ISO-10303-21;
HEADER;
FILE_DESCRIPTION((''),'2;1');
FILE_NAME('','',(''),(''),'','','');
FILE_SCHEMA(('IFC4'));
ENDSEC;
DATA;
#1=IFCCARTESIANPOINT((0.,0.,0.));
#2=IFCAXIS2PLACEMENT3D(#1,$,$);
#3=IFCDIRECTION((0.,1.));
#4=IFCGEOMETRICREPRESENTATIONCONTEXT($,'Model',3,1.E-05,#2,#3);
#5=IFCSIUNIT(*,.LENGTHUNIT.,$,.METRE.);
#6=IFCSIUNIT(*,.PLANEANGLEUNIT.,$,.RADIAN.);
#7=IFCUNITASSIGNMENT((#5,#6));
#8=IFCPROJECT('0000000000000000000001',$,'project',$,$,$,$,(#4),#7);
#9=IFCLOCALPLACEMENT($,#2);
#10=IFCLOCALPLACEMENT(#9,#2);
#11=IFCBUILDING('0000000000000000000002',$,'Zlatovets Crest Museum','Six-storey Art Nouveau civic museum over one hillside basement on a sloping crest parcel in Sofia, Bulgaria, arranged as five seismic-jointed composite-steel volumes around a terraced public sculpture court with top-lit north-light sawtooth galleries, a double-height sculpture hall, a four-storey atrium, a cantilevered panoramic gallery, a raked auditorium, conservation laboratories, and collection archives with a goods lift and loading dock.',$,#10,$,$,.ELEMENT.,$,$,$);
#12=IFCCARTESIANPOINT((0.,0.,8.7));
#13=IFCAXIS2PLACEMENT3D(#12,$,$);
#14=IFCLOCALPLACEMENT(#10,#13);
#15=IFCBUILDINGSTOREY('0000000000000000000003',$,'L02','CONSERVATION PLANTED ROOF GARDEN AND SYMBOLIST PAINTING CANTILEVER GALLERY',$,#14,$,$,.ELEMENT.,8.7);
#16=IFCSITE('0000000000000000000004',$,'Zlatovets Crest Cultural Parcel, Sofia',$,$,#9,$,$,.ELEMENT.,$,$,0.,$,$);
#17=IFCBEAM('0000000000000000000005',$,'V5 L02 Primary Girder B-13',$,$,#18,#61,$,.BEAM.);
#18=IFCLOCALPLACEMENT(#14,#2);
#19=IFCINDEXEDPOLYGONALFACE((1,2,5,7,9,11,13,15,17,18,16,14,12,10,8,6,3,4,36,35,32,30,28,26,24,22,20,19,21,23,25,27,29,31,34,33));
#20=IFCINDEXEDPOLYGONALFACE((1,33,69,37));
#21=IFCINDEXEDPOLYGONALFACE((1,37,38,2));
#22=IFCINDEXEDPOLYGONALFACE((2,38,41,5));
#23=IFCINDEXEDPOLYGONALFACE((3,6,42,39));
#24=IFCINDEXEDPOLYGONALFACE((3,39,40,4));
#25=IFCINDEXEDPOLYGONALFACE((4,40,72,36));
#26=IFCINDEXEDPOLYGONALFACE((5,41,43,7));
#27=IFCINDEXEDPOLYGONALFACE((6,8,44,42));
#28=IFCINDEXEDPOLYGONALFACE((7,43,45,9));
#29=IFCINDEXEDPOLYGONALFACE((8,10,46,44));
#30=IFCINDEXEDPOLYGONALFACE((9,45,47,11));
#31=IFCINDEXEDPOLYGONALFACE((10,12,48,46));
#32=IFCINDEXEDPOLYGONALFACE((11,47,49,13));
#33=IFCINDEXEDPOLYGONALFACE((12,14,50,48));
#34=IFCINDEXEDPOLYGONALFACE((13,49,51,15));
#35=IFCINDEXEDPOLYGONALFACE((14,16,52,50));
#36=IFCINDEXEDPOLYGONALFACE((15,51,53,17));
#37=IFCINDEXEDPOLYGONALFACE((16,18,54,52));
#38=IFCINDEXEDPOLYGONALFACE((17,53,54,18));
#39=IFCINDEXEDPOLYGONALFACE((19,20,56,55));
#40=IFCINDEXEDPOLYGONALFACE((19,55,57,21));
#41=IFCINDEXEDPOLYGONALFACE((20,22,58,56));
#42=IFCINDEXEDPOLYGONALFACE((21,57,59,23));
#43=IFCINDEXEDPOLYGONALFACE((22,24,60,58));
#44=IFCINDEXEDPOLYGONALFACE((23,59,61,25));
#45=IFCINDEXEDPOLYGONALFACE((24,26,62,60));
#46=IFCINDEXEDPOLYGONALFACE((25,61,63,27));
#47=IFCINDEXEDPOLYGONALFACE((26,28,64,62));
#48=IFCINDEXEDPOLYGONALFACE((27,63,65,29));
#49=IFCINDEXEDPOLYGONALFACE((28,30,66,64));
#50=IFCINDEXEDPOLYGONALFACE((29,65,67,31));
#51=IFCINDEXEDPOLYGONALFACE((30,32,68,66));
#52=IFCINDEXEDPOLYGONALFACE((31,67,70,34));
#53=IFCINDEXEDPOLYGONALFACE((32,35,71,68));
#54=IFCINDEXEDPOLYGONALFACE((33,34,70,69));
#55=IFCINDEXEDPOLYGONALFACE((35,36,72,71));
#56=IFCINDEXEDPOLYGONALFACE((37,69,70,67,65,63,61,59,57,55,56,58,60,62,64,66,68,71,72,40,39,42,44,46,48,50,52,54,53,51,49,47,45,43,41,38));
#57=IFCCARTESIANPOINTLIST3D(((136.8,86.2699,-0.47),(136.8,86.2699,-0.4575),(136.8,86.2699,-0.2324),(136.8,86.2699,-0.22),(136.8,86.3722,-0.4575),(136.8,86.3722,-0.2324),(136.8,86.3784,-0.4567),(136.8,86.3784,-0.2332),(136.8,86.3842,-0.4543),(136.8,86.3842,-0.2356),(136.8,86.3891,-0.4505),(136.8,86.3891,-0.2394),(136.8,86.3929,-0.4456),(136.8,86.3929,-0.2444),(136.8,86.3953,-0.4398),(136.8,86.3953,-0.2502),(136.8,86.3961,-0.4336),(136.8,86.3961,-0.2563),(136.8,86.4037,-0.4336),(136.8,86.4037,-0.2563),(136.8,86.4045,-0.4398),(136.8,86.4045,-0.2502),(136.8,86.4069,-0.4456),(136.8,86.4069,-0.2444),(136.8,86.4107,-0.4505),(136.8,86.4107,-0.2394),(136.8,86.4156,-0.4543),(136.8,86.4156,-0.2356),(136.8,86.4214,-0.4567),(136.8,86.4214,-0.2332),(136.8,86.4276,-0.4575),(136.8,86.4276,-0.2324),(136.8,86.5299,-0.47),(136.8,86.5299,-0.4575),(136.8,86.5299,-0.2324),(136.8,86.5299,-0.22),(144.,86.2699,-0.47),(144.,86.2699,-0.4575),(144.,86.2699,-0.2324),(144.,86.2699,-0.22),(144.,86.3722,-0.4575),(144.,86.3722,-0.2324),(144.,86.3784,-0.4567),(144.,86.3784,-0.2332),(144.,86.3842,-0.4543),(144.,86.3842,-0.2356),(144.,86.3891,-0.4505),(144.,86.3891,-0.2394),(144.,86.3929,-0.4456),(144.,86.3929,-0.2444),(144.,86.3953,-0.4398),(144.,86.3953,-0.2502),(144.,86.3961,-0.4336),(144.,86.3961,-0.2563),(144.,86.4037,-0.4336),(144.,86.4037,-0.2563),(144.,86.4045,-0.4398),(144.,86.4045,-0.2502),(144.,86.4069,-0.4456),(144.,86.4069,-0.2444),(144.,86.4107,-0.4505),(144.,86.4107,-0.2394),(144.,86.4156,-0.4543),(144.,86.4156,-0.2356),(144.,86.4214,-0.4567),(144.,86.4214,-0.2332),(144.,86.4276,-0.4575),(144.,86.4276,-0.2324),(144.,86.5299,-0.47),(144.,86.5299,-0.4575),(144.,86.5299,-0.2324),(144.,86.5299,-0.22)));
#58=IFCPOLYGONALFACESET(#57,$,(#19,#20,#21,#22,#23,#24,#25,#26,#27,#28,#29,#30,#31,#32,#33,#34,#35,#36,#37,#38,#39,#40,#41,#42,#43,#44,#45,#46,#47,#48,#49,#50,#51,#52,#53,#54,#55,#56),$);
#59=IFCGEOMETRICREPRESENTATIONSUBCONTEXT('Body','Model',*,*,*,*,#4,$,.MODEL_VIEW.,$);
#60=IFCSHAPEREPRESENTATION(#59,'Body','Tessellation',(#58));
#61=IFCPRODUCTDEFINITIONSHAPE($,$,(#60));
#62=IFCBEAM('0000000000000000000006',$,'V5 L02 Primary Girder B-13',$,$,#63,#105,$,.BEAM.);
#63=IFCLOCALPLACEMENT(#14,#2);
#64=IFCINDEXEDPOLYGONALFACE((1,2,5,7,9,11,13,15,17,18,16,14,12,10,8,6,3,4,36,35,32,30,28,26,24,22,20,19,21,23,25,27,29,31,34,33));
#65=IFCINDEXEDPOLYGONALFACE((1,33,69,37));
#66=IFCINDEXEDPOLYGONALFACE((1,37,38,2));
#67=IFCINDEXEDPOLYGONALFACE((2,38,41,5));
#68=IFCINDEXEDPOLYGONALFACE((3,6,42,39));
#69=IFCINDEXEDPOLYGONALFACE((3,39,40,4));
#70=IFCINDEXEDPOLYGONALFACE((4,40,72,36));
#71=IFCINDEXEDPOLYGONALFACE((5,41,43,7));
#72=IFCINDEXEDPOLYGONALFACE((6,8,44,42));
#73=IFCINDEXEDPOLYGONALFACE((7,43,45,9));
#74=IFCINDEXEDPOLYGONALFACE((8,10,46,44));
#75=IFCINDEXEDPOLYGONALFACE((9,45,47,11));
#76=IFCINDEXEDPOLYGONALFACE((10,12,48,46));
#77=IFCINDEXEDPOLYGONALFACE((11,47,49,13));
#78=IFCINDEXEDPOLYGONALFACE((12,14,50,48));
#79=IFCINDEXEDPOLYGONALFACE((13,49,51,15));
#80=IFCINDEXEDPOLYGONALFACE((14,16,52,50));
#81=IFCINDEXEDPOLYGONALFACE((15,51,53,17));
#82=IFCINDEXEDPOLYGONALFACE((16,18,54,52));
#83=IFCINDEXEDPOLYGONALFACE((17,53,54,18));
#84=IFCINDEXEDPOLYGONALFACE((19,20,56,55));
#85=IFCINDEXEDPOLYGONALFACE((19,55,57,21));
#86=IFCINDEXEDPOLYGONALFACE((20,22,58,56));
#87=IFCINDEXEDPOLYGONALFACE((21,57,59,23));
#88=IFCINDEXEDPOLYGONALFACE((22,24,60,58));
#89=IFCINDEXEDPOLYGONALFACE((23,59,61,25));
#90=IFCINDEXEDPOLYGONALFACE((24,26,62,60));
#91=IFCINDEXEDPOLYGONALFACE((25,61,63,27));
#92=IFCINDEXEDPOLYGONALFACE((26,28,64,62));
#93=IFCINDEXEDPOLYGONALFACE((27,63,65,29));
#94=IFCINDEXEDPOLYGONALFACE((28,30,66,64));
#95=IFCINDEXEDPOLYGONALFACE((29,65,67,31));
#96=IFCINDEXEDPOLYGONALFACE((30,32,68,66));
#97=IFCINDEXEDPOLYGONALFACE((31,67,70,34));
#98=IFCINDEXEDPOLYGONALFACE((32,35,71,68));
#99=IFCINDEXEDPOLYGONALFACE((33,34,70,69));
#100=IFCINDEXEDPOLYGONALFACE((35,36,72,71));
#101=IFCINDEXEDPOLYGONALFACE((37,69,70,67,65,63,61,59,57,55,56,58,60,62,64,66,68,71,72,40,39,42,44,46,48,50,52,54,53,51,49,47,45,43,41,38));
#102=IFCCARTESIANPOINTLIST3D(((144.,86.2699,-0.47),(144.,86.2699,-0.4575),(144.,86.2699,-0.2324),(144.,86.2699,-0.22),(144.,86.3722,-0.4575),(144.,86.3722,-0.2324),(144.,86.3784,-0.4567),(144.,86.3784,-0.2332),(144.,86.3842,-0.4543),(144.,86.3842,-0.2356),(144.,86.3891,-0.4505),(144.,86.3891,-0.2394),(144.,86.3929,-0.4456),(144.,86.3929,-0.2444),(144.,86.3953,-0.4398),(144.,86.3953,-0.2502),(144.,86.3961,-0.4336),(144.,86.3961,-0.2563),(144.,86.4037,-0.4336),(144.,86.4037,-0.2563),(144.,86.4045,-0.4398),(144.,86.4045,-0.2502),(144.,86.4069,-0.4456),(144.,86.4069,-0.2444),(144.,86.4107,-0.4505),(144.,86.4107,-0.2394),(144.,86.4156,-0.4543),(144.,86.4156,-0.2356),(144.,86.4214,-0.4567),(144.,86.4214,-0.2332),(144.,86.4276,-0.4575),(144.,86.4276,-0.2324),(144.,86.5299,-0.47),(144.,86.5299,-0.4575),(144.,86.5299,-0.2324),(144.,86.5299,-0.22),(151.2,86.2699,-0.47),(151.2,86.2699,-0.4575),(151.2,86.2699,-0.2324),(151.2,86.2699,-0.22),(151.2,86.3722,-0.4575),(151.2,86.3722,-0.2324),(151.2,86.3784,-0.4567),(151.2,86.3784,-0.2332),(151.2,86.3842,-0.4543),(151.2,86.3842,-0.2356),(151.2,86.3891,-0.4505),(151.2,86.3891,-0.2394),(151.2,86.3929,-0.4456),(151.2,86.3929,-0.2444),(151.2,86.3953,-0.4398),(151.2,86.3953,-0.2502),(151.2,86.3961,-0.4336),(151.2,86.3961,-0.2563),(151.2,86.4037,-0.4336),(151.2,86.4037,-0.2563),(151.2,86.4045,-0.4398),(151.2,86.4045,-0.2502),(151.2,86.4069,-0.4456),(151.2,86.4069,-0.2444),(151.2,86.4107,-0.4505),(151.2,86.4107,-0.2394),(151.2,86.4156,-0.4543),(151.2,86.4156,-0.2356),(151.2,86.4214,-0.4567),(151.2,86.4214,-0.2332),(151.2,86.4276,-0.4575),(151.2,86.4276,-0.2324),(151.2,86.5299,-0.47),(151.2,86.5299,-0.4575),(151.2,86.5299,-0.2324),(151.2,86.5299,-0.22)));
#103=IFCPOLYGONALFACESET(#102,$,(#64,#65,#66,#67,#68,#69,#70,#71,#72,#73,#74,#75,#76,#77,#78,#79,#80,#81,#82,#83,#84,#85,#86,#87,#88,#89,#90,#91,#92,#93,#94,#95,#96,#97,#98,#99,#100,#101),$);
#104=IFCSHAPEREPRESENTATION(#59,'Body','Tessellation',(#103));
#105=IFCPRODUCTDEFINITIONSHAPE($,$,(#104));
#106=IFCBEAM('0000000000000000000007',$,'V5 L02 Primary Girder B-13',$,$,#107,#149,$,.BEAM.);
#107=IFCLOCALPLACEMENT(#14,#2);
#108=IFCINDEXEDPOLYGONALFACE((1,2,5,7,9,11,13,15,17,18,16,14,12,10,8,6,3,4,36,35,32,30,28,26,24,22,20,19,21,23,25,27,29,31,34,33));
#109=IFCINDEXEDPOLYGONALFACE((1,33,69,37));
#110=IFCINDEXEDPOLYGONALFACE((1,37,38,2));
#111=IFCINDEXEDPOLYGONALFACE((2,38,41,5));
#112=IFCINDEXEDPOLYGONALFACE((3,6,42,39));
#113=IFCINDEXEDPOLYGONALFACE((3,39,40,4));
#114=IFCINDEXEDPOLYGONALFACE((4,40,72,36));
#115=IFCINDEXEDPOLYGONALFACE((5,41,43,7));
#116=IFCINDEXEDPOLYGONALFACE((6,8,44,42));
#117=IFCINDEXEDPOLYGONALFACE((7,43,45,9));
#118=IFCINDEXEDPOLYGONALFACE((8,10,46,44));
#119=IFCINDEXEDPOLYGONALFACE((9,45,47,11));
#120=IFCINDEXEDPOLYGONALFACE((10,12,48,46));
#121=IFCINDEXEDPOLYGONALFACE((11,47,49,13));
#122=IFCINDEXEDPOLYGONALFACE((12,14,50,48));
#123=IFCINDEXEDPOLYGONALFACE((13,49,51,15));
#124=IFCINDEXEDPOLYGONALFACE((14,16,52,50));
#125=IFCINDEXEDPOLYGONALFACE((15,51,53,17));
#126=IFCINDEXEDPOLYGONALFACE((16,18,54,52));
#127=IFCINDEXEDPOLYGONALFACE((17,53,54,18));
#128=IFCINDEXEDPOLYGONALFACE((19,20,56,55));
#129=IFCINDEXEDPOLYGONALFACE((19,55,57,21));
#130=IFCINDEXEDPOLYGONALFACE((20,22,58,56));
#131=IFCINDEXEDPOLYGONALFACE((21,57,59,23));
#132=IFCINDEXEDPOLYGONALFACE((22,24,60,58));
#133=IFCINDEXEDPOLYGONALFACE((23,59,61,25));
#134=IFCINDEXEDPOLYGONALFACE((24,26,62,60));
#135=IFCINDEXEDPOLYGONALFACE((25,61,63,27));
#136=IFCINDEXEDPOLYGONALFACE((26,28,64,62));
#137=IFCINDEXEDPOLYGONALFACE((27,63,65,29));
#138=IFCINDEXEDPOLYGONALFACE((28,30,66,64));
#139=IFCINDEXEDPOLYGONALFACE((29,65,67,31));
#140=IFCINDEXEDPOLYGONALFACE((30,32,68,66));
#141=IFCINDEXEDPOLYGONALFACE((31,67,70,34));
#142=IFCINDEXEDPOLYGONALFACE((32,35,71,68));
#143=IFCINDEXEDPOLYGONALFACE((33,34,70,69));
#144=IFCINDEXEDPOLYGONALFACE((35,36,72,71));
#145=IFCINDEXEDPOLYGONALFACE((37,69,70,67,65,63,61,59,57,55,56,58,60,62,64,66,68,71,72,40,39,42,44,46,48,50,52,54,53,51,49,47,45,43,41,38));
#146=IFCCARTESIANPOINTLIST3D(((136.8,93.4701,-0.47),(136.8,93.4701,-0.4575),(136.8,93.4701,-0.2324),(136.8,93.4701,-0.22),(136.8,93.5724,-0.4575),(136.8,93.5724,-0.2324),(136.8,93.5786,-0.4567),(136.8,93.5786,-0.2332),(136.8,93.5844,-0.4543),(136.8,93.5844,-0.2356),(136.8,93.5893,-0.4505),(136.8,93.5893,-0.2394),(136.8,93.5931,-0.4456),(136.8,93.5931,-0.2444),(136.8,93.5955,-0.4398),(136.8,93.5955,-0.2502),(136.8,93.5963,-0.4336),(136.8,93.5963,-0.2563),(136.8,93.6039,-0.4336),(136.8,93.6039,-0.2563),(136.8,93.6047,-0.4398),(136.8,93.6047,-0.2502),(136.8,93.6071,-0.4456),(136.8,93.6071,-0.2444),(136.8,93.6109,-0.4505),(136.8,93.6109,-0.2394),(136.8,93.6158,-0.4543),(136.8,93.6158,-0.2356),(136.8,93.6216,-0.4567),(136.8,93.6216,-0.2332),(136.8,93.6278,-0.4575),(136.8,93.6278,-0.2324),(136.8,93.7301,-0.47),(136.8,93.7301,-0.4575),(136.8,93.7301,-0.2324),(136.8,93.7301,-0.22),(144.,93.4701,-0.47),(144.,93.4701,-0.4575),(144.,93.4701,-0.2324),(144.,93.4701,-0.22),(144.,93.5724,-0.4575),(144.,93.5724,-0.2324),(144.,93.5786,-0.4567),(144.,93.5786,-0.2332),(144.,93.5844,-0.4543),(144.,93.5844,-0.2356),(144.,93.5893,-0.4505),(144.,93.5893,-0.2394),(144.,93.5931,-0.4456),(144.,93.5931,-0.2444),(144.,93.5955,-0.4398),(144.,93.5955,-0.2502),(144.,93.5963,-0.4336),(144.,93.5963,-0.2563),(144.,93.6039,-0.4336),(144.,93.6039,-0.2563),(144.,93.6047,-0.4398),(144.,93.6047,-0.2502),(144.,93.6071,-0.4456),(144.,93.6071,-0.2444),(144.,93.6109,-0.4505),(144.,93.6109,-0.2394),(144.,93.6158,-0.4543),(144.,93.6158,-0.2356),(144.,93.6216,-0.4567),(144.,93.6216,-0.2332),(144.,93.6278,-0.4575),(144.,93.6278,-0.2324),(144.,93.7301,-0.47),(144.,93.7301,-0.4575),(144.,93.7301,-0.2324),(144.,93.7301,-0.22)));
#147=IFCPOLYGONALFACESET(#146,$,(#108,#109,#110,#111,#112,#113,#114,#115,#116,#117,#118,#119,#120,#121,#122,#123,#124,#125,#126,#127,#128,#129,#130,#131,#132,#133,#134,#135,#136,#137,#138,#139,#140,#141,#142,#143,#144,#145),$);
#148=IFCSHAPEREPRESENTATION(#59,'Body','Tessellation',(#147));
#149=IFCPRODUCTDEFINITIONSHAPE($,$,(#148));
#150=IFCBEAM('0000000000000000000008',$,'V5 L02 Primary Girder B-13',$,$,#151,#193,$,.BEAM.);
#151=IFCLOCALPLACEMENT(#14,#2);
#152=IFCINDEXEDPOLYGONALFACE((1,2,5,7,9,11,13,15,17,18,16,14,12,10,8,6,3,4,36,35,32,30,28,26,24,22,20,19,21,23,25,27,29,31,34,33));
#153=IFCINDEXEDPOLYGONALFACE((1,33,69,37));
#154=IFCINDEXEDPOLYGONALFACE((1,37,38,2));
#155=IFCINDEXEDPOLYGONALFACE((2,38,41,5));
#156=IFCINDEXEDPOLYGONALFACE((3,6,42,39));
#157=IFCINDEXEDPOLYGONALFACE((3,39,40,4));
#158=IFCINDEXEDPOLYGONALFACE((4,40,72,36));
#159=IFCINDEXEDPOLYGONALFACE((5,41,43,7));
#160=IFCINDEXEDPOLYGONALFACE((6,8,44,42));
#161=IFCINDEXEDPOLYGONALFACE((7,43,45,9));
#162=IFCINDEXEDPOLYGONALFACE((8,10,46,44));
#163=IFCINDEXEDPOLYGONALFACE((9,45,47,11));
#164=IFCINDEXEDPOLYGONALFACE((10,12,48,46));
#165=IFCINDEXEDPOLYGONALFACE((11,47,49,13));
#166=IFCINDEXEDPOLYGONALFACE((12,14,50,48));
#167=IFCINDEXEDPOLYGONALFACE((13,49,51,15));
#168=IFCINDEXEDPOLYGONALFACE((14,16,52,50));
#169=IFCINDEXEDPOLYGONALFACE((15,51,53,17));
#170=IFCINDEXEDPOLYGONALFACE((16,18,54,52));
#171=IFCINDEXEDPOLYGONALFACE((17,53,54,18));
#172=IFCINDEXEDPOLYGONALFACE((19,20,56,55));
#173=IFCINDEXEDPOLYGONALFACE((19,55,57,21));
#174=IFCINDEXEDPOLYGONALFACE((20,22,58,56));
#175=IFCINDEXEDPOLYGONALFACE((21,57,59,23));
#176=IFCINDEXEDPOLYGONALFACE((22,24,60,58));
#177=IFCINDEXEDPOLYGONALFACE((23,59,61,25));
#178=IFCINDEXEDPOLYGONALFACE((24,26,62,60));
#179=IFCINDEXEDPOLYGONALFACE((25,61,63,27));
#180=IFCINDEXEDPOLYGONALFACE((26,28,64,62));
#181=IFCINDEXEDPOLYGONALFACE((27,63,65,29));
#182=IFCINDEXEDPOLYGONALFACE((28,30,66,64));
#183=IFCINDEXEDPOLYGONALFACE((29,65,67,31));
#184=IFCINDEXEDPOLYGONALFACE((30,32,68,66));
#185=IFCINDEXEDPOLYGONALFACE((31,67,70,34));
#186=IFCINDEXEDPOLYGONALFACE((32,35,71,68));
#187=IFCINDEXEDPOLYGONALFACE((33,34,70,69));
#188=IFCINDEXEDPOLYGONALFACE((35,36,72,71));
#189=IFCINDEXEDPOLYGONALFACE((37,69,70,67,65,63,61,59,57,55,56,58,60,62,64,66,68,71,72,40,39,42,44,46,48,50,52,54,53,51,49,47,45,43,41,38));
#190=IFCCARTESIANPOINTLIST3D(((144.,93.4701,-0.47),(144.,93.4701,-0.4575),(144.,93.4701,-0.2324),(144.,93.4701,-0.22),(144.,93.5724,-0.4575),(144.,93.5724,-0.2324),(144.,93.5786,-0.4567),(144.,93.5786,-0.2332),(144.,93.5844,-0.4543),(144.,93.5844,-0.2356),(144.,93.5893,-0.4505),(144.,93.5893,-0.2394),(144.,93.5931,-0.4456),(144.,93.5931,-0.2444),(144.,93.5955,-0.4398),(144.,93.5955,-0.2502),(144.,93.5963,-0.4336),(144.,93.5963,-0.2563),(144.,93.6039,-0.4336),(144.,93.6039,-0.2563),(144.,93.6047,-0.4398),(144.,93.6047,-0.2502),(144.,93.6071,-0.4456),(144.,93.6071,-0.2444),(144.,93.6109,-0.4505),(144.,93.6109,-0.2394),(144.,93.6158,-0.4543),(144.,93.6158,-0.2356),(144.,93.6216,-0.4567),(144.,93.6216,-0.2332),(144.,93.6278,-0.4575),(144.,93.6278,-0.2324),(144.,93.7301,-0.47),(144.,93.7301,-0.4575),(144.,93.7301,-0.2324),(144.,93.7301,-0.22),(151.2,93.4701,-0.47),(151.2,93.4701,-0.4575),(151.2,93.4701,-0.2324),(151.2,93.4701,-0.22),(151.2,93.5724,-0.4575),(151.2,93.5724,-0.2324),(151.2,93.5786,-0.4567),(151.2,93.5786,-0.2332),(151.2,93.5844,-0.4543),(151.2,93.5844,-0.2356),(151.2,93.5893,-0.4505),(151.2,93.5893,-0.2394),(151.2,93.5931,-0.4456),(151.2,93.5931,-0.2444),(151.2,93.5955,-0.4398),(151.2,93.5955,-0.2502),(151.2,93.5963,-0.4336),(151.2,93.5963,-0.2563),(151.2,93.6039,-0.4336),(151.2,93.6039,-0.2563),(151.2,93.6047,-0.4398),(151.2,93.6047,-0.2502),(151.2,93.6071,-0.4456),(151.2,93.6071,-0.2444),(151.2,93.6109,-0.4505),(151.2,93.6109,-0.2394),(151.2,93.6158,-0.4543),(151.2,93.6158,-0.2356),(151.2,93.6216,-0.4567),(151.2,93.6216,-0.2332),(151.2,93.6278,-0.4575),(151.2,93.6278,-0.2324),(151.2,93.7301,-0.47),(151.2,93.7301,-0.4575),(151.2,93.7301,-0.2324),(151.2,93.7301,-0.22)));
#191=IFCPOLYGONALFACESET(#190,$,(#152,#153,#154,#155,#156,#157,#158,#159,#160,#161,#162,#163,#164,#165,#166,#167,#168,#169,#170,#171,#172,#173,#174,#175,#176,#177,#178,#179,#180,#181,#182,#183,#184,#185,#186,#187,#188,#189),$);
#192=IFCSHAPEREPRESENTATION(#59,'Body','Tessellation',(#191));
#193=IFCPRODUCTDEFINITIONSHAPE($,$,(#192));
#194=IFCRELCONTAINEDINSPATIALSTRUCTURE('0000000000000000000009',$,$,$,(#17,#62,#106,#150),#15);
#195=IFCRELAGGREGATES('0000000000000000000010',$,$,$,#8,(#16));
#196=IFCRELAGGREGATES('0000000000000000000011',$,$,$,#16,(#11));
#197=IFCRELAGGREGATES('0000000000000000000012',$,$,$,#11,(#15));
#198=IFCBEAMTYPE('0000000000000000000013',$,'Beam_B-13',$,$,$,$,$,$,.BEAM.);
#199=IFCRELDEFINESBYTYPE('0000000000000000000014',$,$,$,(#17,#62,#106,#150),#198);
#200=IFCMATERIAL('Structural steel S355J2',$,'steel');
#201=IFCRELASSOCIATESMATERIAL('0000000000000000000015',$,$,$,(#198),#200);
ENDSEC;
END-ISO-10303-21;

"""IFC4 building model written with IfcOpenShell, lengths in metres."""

from ifc_helpers import new_model, si_unit, direction, frame, origin, origin_2d, place, context, subcontext, project, spatial, i_section, extrude, material, material_profile, profile_set, type_object, element, save


model = new_model("IFC4")

# Units and contexts
model_context = context("Model", 3, precision=1e-05, world=origin(), true_north=direction((0.0, 1.0)))
body_context = subcontext(model_context, "Body", "Model", "MODEL_VIEW")
ifc_project = project(units=[si_unit("LENGTHUNIT", "METRE"), si_unit("PLANEANGLEUNIT", "RADIAN")], contexts=[model_context])

# Site, building, storey
site_placement = place(None, origin())
site = spatial("IfcSite", under=ifc_project, at=site_placement, Name="Zlatovets Crest Cultural Parcel, Sofia", CompositionType="ELEMENT", RefElevation=0.0)
building_placement = place(site_placement, origin())
building = spatial("IfcBuilding", under=site, at=building_placement, Name="Zlatovets Crest Museum", Description="Six-storey Art Nouveau civic museum over one hillside basement on a sloping crest parcel in Sofia, Bulgaria, arranged as five seismic-jointed composite-steel volumes around a terraced public sculpture court with top-lit north-light sawtooth galleries, a double-height sculpture hall, a four-storey atrium, a cantilevered panoramic gallery, a raked auditorium, conservation laboratories, and collection archives with a goods lift and loading dock.", CompositionType="ELEMENT")
storey_placement = place(building_placement, frame((0.0, 0.0, 8.7)))
storey = spatial("IfcBuildingStorey", under=building, at=storey_placement, Name="L02", Description="CONSERVATION PLANTED ROOF GARDEN AND SYMBOLIST PAINTING CANTILEVER GALLERY", CompositionType="ELEMENT", Elevation=8.7)

# Shared definitions
ifc_material_1 = material(Name="Structural steel S355J2", Category="steel")

# Beams
ifc_material_profile_1 = material_profile(ifc_material_1, i_section(OverallWidth=0.26, OverallDepth=0.25, WebThickness=0.0076, FlangeThickness=0.0125, FilletRadius=0.0239, at=origin_2d()), Name="HEA 260")
ifc_profile_set_1 = profile_set([ifc_material_profile_1], Name="Structural steel S355J2")
beam_type_1 = type_object("IfcBeamType", Name="Beam_B-13", PredefinedType="BEAM", material=ifc_profile_set_1)
for number, where, z_axis, x_axis, name in (
    (1, (136.8, 86.3999, -0.345), (1.0, 0.0, 0.0), (0.0, 1.0, 0.0), "V5 L02 Primary Girder B-13"),
    (2, (144.0, 86.3999, -0.345), (1.0, 0.0, 0.0), (0.0, 1.0, 0.0), "V5 L02 Primary Girder B-13"),
    (3, (136.8, 93.6001, -0.345), (1.0, 0.0, 0.0), (0.0, 1.0, 0.0), "V5 L02 Primary Girder B-13"),
    (4, (144.0, 93.6001, -0.345), (1.0, 0.0, 0.0), (0.0, 1.0, 0.0), "V5 L02 Primary Girder B-13"),
):
    element("IfcBeam", number, at=place(storey_placement, frame(where, z_axis=z_axis, x_axis=x_axis)), inside=storey, type_object=beam_type_1, Name=name, PredefinedType="BEAM", context=body_context, shape_type="SweptSolid", body=[
        extrude(i_section(OverallWidth=0.26, OverallDepth=0.25, WebThickness=0.0076, FlangeThickness=0.0125, FilletRadius=0.0239, at=origin_2d()), origin(), (0.0, 0.0, 1.0), 7.2),
    ])

save(model, "model.ifc")
